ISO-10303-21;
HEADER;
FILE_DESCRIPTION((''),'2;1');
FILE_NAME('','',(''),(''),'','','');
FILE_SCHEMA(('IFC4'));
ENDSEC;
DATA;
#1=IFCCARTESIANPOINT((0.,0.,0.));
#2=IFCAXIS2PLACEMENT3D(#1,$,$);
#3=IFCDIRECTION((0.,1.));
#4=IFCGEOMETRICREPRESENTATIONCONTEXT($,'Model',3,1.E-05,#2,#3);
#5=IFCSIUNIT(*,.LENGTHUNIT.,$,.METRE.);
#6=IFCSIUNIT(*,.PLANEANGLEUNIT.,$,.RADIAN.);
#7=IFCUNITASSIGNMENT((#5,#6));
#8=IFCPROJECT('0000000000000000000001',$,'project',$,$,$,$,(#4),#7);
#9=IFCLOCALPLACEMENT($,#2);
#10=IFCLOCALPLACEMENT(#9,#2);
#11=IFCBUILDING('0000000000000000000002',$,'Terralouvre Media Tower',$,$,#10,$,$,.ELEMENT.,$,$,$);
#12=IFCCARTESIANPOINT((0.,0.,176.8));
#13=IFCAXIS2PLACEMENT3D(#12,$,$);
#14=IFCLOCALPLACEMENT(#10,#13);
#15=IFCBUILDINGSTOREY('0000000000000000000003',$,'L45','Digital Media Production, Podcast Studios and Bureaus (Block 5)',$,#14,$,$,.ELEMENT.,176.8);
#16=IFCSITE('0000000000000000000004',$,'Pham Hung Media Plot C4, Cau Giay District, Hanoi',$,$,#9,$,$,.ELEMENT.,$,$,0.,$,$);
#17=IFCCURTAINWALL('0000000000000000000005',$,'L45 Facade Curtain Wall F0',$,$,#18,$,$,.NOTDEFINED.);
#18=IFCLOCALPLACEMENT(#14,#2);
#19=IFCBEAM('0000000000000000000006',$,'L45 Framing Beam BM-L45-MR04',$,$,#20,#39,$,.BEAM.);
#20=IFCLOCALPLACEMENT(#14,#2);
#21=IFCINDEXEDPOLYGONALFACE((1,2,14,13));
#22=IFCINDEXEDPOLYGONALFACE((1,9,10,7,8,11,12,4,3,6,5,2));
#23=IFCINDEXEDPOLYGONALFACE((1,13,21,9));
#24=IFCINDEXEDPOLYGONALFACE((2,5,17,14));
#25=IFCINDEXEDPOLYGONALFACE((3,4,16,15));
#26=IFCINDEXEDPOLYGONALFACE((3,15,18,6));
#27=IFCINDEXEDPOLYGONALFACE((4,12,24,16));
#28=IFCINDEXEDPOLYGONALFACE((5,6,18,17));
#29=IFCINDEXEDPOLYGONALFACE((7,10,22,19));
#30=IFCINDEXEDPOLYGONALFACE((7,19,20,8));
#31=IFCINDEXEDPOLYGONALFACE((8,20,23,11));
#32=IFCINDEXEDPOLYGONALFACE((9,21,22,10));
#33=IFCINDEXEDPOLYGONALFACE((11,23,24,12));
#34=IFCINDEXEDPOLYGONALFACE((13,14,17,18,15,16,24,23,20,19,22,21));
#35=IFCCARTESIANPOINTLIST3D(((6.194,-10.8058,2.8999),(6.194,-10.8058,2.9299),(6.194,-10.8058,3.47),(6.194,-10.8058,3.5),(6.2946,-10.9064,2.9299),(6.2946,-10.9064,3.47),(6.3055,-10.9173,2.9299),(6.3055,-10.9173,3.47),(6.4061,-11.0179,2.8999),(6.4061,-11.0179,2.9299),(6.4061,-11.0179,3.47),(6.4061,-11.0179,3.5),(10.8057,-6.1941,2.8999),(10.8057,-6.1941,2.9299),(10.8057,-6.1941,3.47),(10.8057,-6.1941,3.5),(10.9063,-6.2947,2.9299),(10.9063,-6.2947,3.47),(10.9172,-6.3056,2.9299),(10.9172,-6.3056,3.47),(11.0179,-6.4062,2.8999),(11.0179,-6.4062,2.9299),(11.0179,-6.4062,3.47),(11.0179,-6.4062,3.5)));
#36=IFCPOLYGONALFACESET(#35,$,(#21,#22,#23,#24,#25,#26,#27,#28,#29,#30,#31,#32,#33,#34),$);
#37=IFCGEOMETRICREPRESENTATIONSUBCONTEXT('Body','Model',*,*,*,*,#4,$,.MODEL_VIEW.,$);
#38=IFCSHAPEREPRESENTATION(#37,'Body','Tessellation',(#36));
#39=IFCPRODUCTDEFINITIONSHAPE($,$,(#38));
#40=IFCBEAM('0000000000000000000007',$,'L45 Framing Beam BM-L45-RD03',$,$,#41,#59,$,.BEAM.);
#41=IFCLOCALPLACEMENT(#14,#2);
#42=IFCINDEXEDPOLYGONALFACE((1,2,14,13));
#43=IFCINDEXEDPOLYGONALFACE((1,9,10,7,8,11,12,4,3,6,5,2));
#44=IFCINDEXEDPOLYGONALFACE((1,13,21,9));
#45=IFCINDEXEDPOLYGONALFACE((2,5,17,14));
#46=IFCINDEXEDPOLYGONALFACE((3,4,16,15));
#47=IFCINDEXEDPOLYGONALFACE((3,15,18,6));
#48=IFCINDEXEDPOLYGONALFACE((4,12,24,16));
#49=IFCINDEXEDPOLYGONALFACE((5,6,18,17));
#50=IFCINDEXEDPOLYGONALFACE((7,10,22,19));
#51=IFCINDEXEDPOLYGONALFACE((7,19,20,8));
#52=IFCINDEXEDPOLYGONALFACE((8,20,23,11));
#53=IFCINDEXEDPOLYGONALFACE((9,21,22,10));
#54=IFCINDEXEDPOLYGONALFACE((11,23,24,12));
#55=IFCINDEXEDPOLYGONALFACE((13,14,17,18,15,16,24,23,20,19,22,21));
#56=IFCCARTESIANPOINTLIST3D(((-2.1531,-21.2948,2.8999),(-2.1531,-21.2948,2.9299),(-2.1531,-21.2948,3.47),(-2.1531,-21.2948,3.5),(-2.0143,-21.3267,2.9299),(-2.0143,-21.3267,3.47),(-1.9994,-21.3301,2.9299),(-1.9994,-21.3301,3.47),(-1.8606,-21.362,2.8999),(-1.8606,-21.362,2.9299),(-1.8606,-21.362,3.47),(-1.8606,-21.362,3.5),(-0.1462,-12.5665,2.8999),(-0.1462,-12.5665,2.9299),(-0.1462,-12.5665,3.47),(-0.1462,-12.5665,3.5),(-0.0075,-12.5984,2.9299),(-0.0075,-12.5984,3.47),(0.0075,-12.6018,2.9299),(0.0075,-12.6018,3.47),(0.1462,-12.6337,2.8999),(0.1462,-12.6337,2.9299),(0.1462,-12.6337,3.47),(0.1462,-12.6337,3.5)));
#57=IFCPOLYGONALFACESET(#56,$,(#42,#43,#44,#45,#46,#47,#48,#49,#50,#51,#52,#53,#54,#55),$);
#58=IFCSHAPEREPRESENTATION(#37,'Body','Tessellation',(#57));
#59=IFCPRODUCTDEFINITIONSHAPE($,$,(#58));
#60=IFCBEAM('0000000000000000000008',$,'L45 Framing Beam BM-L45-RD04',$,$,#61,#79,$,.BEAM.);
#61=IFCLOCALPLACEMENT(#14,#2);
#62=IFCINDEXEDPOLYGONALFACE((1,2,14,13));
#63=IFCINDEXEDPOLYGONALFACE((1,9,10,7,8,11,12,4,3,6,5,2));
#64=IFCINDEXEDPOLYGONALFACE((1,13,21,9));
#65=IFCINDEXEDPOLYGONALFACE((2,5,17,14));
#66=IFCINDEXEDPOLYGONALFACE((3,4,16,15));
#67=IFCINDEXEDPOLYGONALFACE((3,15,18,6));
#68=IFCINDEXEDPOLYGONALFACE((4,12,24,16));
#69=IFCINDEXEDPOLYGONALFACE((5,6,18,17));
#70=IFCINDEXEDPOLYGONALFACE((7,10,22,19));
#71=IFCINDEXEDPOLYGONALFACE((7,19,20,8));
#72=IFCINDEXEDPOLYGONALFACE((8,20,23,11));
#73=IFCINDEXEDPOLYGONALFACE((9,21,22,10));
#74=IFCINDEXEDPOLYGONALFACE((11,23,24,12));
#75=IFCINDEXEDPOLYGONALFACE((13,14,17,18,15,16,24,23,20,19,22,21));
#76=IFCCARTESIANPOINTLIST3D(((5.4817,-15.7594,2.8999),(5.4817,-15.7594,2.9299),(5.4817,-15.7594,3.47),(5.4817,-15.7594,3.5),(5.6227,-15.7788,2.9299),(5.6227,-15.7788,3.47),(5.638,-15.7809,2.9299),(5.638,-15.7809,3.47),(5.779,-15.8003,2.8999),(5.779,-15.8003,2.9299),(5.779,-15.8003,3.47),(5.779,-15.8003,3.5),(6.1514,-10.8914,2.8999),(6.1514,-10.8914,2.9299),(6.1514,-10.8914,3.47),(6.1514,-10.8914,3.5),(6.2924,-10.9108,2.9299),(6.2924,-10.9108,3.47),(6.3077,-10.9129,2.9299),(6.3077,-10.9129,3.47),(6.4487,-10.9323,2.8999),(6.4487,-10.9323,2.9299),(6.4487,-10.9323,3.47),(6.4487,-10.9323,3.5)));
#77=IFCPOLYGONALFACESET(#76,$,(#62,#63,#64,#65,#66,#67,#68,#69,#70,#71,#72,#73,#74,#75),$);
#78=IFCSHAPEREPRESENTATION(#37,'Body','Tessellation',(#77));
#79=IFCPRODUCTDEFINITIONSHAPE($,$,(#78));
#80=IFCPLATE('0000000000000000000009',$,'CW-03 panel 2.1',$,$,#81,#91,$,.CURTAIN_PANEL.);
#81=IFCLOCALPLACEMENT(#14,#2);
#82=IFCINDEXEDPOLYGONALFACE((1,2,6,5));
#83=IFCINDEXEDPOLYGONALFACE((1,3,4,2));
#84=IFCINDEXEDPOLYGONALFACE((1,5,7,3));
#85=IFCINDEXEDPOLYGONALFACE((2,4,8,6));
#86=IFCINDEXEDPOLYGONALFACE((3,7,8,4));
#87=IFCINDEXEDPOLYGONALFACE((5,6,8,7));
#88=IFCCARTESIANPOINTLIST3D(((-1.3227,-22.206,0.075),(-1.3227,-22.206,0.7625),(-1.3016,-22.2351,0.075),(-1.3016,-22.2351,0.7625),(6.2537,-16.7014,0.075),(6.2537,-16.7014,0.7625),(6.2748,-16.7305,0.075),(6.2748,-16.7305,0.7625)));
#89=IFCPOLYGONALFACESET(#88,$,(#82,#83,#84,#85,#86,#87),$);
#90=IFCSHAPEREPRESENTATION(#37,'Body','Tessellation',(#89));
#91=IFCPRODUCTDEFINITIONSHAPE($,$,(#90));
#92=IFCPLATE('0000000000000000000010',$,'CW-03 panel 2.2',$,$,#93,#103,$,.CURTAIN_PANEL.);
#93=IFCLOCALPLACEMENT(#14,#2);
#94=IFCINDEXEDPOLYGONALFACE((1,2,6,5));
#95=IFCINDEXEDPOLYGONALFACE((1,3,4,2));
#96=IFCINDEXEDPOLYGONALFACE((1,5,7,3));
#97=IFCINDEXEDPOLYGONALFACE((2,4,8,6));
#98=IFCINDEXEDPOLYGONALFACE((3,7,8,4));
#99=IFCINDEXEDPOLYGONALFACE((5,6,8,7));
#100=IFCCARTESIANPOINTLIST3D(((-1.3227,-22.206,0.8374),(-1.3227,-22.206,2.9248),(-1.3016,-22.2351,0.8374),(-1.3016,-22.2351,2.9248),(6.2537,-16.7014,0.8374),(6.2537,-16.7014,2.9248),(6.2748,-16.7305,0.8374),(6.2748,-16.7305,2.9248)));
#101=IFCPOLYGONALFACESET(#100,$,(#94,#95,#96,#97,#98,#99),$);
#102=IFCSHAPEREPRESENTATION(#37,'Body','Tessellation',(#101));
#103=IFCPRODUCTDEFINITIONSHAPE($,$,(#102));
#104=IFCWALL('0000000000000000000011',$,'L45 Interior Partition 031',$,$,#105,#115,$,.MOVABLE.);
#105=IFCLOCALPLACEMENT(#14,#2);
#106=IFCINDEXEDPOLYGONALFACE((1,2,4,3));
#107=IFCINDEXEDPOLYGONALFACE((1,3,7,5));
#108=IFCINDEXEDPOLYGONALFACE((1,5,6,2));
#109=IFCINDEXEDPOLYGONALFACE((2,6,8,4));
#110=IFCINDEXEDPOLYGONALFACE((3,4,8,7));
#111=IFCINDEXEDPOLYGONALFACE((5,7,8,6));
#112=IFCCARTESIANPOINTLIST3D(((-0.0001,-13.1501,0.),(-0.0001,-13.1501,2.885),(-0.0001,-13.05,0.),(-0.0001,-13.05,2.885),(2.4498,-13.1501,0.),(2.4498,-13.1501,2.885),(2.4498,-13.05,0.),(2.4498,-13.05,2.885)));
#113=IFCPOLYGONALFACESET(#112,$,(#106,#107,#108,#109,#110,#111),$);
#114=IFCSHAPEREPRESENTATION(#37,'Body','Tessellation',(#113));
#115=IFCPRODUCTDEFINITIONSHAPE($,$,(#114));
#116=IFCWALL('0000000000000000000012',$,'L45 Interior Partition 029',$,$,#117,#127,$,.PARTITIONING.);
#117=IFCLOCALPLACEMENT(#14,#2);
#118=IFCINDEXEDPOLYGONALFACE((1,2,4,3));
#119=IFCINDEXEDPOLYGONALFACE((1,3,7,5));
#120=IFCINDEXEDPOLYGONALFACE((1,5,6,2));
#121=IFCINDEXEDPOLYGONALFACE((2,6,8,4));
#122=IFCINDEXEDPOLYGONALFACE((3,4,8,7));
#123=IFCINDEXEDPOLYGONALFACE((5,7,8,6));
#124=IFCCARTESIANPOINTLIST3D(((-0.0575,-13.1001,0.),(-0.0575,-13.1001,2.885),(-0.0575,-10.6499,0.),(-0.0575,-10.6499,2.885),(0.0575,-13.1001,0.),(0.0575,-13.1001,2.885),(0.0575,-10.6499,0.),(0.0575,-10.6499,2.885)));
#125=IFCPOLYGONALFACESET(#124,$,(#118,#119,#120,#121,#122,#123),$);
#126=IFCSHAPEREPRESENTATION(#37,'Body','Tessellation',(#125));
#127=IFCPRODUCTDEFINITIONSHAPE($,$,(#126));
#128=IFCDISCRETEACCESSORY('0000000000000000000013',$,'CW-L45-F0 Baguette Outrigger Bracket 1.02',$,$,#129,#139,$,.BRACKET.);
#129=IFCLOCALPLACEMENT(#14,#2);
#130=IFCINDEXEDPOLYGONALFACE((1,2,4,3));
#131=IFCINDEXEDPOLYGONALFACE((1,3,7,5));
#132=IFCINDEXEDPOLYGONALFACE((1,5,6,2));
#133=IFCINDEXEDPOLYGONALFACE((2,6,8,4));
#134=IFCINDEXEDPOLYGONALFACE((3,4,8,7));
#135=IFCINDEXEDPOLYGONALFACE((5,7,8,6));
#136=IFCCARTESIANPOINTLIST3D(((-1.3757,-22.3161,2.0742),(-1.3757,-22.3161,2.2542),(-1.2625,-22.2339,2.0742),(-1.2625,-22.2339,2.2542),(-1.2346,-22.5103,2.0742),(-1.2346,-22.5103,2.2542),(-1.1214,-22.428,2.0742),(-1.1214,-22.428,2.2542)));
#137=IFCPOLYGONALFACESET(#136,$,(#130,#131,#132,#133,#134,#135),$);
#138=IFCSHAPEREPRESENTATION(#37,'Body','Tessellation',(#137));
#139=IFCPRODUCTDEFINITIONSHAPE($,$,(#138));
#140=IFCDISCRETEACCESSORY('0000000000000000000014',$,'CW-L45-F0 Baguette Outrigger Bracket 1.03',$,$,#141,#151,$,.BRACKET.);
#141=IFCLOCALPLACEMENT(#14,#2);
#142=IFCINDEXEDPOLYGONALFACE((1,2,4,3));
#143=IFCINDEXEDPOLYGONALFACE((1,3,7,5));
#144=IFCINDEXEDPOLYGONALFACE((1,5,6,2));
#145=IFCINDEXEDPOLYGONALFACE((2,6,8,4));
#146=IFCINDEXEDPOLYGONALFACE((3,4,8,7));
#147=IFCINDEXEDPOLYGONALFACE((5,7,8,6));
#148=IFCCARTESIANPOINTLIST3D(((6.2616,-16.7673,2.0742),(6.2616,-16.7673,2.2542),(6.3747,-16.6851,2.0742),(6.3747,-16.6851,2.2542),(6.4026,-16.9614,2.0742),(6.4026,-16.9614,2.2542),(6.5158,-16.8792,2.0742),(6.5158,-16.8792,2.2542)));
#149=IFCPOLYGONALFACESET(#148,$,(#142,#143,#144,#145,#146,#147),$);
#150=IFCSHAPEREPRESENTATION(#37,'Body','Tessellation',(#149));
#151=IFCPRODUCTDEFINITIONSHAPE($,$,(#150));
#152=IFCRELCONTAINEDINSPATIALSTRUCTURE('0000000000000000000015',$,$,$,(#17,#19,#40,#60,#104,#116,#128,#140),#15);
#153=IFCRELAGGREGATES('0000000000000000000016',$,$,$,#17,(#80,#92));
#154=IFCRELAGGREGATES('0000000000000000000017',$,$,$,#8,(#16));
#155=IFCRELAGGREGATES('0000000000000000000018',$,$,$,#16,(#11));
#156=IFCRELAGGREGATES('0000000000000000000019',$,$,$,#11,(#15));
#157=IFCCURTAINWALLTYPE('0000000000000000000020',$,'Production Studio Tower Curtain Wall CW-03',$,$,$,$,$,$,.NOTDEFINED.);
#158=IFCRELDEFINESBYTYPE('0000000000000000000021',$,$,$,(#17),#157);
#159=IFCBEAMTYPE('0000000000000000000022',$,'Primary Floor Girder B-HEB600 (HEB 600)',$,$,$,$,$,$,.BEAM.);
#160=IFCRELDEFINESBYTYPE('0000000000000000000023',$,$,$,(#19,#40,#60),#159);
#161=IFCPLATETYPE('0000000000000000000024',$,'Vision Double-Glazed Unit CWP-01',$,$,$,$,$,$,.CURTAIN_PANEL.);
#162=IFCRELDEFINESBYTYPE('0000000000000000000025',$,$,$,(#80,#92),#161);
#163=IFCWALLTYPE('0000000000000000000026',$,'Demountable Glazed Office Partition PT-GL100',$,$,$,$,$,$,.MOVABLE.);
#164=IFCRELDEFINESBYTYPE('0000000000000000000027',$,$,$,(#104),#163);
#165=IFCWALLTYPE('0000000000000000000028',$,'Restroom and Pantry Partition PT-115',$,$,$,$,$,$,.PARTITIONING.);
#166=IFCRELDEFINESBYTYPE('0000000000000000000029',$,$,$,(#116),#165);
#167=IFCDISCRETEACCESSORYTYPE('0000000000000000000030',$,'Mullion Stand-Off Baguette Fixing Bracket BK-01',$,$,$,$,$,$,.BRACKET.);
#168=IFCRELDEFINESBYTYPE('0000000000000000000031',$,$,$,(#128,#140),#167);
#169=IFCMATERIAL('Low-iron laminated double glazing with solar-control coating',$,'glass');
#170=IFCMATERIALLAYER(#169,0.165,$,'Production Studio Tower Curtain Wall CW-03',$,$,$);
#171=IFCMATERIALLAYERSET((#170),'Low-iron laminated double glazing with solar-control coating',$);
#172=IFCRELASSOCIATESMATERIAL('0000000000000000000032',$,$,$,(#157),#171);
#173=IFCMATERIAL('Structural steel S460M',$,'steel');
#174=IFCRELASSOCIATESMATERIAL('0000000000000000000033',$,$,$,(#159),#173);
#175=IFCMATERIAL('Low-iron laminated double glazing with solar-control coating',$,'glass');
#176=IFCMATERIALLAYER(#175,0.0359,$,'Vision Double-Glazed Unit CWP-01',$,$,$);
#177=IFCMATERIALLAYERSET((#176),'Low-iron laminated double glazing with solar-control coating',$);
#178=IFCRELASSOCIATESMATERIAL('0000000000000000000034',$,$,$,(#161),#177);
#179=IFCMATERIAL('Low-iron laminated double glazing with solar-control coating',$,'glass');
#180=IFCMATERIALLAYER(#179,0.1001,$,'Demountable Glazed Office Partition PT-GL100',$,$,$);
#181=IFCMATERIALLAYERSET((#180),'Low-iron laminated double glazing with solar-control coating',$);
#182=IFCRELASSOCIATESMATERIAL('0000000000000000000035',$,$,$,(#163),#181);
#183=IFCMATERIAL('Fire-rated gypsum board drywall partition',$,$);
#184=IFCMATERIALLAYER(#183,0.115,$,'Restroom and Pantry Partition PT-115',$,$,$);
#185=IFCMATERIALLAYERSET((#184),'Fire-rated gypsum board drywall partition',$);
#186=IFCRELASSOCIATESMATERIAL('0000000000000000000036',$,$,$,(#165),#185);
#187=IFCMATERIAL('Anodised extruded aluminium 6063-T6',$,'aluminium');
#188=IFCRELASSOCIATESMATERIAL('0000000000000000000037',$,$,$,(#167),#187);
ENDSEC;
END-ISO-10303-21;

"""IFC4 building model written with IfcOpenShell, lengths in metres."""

from ifc_helpers import new_model, si_unit, direction, frame, frame_2d, origin, origin_2d, place, context, subcontext, project, spatial, rectangle, i_section, extrude, material, layer, layer_set, material_profile, profile_set, type_object, element, aggregate, save


model = new_model("IFC4")

# Units and contexts
model_context = context("Model", 3, precision=1e-05, world=origin(), true_north=direction((0.0, 1.0)))
body_context = subcontext(model_context, "Body", "Model", "MODEL_VIEW")
ifc_project = project(units=[si_unit("LENGTHUNIT", "METRE"), si_unit("PLANEANGLEUNIT", "RADIAN")], contexts=[model_context])

# Site, building, storey
site_placement = place(None, origin())
site = spatial("IfcSite", under=ifc_project, at=site_placement, Name="Pham Hung Media Plot C4, Cau Giay District, Hanoi", CompositionType="ELEMENT", RefElevation=0.0)
building_placement = place(site_placement, origin())
building = spatial("IfcBuilding", under=site, at=building_placement, Name="Terralouvre Media Tower", CompositionType="ELEMENT")
storey_placement = place(building_placement, frame((0.0, 0.0, 176.8)))
storey = spatial("IfcBuildingStorey", under=building, at=storey_placement, Name="L45", Description="Digital Media Production, Podcast Studios and Bureaus (Block 5)", CompositionType="ELEMENT", Elevation=176.8)

# Curtain wall
ifc_material_1 = material(Name="Low-iron laminated double glazing with solar-control coating", Category="glass")
ifc_layer_1 = layer(ifc_material_1, 0.165, Name="Production Studio Tower Curtain Wall CW-03")
ifc_layer_set_1 = layer_set([ifc_layer_1], Name="Low-iron laminated double glazing with solar-control coating")
curtain_wall_type = type_object("IfcCurtainWallType", Name="Production Studio Tower Curtain Wall CW-03", PredefinedType="NOTDEFINED", material=ifc_layer_set_1)
curtain_wall_placement = place(storey_placement, origin())
curtain_wall = element("IfcCurtainWall", 1, at=curtain_wall_placement, inside=storey, type_object=curtain_wall_type, Name="L45 Facade Curtain Wall F0", PredefinedType="NOTDEFINED")

# Beams
ifc_material_2 = material(Name="Structural steel S460M", Category="steel")
ifc_material_profile_1 = material_profile(ifc_material_2, i_section(OverallWidth=0.3, OverallDepth=0.6001, WebThickness=0.0154, FlangeThickness=0.03, at=origin_2d()), Name="HEB 600")
ifc_profile_set_1 = profile_set([ifc_material_profile_1], Name="Structural steel S460M")
beam_type_1 = type_object("IfcBeamType", Name="Primary Floor Girder B-HEB600 (HEB 600)", PredefinedType="BEAM", material=ifc_profile_set_1)
beam_1_placement = place(storey_placement, frame((6.3, -10.9119, 3.2), z_axis=(0.707107, 0.707107, 0.0), x_axis=(-0.707107, 0.707107, 0.0)))
element("IfcBeam", 2, at=beam_1_placement, inside=storey, type_object=beam_type_1, Name="L45 Framing Beam BM-L45-MR04", PredefinedType="BEAM", context=body_context, shape_type="SweptSolid", body=[
    extrude(i_section(OverallWidth=0.3, OverallDepth=0.6001, WebThickness=0.0154, FlangeThickness=0.03, at=origin_2d()), origin(), (0.0, 0.0, 1.0), 6.522),
])
beam_2_placement = place(storey_placement, frame((0.0, -12.6001, 3.2), z_axis=(-0.224077, -0.974571, 0.0), x_axis=(0.974571, -0.224077, 0.0)))
element("IfcBeam", 3, at=beam_2_placement, inside=storey, type_object=beam_type_1, Name="L45 Framing Beam BM-L45-RD03", PredefinedType="BEAM", context=body_context, shape_type="SweptSolid", body=[
    extrude(i_section(OverallWidth=0.3, OverallDepth=0.6001, WebThickness=0.0154, FlangeThickness=0.03, at=origin_2d()), origin(), (0.0, 0.0, 1.0), 8.9561),
])
beam_3_placement = place(storey_placement, frame((6.3, -10.9119, 3.2), z_axis=(-0.136286, -0.99067, 0.0), x_axis=(0.99067, -0.136286, 0.0)))
element("IfcBeam", 4, at=beam_3_placement, inside=storey, type_object=beam_type_1, Name="L45 Framing Beam BM-L45-RD04", PredefinedType="BEAM", context=body_context, shape_type="SweptSolid", body=[
    extrude(i_section(OverallWidth=0.3, OverallDepth=0.6001, WebThickness=0.0154, FlangeThickness=0.03, at=origin_2d()), origin(), (0.0, 0.0, 1.0), 4.9138),
])

# Plates
ifc_material_3 = material(Name="Low-iron laminated double glazing with solar-control coating", Category="glass")
ifc_layer_2 = layer(ifc_material_3, 0.0359, Name="Vision Double-Glazed Unit CWP-01")
ifc_layer_set_2 = layer_set([ifc_layer_2], Name="Low-iron laminated double glazing with solar-control coating")
plate_type = type_object("IfcPlateType", Name="Vision Double-Glazed Unit CWP-01", PredefinedType="CURTAIN_PANEL", material=ifc_layer_set_2)
plate_1_placement = place(storey_placement, frame((2.4761, -19.4683, 0.075), z_axis=(0.0, 0.0, 1.0), x_axis=(0.809017, 0.587785, 0.0)))
plate_1 = element("IfcPlate", 5, at=plate_1_placement, type_object=plate_type, Name="CW-03 panel 2.1", PredefinedType="CURTAIN_PANEL", context=body_context, shape_type="SweptSolid", body=[
    extrude(rectangle(XDim=9.365, YDim=0.0359, at=origin_2d()), origin(), (0.0, 0.0, 1.0), 0.6875),
])
plate_2_placement = place(storey_placement, frame((2.4761, -19.4683, 0.8374), z_axis=(0.0, 0.0, 1.0), x_axis=(0.809017, 0.587785, 0.0)))
plate_2 = element("IfcPlate", 6, at=plate_2_placement, type_object=plate_type, Name="CW-03 panel 2.2", PredefinedType="CURTAIN_PANEL", context=body_context, shape_type="SweptSolid", body=[
    extrude(rectangle(XDim=9.365, YDim=0.0359, at=origin_2d()), origin(), (0.0, 0.0, 1.0), 2.0874),
])
aggregate(curtain_wall, [plate_1, plate_2])

# Walls
ifc_material_4 = material(Name="Low-iron laminated double glazing with solar-control coating", Category="glass")
ifc_layer_3 = layer(ifc_material_4, 0.1001, Name="Demountable Glazed Office Partition PT-GL100")
ifc_layer_set_3 = layer_set([ifc_layer_3], Name="Low-iron laminated double glazing with solar-control coating")
wall_type_1 = type_object("IfcWallType", Name="Demountable Glazed Office Partition PT-GL100", PredefinedType="MOVABLE", material=ifc_layer_set_3)
wall_1_placement = place(storey_placement, frame((2.45, -13.1001, 0.0), z_axis=(0.0, 0.0, 1.0), x_axis=(-1.0, 0.0, 0.0)))
element("IfcWall", 7, at=wall_1_placement, inside=storey, type_object=wall_type_1, Name="L45 Interior Partition 031", PredefinedType="MOVABLE", context=body_context, shape_type="SweptSolid", body=[
    extrude(rectangle(XDim=2.45, YDim=0.1001, at=frame_2d((1.2251, 0.0))), origin(), (0.0, 0.0, 1.0), 2.885),
])
ifc_material_5 = material(Name="Fire-rated gypsum board drywall partition")
ifc_layer_4 = layer(ifc_material_5, 0.115, Name="Restroom and Pantry Partition PT-115")
ifc_layer_set_4 = layer_set([ifc_layer_4], Name="Fire-rated gypsum board drywall partition")
wall_type_2 = type_object("IfcWallType", Name="Restroom and Pantry Partition PT-115", PredefinedType="PARTITIONING", material=ifc_layer_set_4)
wall_2_placement = place(storey_placement, frame((0.0, -13.1001, 0.0), z_axis=(0.0, 0.0, 1.0), x_axis=(0.0, 1.0, 0.0)))
element("IfcWall", 8, at=wall_2_placement, inside=storey, type_object=wall_type_2, Name="L45 Interior Partition 029", PredefinedType="PARTITIONING", context=body_context, shape_type="SweptSolid", body=[
    extrude(rectangle(XDim=2.4502, YDim=0.115, at=frame_2d((1.2251, 0.0))), origin(), (0.0, 0.0, 1.0), 2.885),
])

# Discrete accessories
ifc_material_6 = material(Name="Anodised extruded aluminium 6063-T6", Category="aluminium")
discrete_accessory_type = type_object("IfcDiscreteAccessoryType", Name="Mullion Stand-Off Baguette Fixing Bracket BK-01", PredefinedType="BRACKET", material=ifc_material_6)
for number, where, z_axis, x_axis, name in (
    (9, (-1.2485, -22.3721, 2.0742), (0.0, 0.0, 1.0), (0.809017, 0.587785, 0.0), "CW-L45-F0 Baguette Outrigger Bracket 1.02"),
    (10, (6.3887, -16.8232, 2.0742), (0.0, 0.0, 1.0), (0.809017, 0.587785, 0.0), "CW-L45-F0 Baguette Outrigger Bracket 1.03"),
):
    element("IfcDiscreteAccessory", number, at=place(storey_placement, frame(where, z_axis=z_axis, x_axis=x_axis)), inside=storey, type_object=discrete_accessory_type, Name=name, PredefinedType="BRACKET", context=body_context, shape_type="SweptSolid", body=[
        extrude(rectangle(XDim=0.1399, YDim=0.24, at=origin_2d()), origin(), (0.0, 0.0, 1.0), 0.1799),
    ])

save(model, "model.ifc")
